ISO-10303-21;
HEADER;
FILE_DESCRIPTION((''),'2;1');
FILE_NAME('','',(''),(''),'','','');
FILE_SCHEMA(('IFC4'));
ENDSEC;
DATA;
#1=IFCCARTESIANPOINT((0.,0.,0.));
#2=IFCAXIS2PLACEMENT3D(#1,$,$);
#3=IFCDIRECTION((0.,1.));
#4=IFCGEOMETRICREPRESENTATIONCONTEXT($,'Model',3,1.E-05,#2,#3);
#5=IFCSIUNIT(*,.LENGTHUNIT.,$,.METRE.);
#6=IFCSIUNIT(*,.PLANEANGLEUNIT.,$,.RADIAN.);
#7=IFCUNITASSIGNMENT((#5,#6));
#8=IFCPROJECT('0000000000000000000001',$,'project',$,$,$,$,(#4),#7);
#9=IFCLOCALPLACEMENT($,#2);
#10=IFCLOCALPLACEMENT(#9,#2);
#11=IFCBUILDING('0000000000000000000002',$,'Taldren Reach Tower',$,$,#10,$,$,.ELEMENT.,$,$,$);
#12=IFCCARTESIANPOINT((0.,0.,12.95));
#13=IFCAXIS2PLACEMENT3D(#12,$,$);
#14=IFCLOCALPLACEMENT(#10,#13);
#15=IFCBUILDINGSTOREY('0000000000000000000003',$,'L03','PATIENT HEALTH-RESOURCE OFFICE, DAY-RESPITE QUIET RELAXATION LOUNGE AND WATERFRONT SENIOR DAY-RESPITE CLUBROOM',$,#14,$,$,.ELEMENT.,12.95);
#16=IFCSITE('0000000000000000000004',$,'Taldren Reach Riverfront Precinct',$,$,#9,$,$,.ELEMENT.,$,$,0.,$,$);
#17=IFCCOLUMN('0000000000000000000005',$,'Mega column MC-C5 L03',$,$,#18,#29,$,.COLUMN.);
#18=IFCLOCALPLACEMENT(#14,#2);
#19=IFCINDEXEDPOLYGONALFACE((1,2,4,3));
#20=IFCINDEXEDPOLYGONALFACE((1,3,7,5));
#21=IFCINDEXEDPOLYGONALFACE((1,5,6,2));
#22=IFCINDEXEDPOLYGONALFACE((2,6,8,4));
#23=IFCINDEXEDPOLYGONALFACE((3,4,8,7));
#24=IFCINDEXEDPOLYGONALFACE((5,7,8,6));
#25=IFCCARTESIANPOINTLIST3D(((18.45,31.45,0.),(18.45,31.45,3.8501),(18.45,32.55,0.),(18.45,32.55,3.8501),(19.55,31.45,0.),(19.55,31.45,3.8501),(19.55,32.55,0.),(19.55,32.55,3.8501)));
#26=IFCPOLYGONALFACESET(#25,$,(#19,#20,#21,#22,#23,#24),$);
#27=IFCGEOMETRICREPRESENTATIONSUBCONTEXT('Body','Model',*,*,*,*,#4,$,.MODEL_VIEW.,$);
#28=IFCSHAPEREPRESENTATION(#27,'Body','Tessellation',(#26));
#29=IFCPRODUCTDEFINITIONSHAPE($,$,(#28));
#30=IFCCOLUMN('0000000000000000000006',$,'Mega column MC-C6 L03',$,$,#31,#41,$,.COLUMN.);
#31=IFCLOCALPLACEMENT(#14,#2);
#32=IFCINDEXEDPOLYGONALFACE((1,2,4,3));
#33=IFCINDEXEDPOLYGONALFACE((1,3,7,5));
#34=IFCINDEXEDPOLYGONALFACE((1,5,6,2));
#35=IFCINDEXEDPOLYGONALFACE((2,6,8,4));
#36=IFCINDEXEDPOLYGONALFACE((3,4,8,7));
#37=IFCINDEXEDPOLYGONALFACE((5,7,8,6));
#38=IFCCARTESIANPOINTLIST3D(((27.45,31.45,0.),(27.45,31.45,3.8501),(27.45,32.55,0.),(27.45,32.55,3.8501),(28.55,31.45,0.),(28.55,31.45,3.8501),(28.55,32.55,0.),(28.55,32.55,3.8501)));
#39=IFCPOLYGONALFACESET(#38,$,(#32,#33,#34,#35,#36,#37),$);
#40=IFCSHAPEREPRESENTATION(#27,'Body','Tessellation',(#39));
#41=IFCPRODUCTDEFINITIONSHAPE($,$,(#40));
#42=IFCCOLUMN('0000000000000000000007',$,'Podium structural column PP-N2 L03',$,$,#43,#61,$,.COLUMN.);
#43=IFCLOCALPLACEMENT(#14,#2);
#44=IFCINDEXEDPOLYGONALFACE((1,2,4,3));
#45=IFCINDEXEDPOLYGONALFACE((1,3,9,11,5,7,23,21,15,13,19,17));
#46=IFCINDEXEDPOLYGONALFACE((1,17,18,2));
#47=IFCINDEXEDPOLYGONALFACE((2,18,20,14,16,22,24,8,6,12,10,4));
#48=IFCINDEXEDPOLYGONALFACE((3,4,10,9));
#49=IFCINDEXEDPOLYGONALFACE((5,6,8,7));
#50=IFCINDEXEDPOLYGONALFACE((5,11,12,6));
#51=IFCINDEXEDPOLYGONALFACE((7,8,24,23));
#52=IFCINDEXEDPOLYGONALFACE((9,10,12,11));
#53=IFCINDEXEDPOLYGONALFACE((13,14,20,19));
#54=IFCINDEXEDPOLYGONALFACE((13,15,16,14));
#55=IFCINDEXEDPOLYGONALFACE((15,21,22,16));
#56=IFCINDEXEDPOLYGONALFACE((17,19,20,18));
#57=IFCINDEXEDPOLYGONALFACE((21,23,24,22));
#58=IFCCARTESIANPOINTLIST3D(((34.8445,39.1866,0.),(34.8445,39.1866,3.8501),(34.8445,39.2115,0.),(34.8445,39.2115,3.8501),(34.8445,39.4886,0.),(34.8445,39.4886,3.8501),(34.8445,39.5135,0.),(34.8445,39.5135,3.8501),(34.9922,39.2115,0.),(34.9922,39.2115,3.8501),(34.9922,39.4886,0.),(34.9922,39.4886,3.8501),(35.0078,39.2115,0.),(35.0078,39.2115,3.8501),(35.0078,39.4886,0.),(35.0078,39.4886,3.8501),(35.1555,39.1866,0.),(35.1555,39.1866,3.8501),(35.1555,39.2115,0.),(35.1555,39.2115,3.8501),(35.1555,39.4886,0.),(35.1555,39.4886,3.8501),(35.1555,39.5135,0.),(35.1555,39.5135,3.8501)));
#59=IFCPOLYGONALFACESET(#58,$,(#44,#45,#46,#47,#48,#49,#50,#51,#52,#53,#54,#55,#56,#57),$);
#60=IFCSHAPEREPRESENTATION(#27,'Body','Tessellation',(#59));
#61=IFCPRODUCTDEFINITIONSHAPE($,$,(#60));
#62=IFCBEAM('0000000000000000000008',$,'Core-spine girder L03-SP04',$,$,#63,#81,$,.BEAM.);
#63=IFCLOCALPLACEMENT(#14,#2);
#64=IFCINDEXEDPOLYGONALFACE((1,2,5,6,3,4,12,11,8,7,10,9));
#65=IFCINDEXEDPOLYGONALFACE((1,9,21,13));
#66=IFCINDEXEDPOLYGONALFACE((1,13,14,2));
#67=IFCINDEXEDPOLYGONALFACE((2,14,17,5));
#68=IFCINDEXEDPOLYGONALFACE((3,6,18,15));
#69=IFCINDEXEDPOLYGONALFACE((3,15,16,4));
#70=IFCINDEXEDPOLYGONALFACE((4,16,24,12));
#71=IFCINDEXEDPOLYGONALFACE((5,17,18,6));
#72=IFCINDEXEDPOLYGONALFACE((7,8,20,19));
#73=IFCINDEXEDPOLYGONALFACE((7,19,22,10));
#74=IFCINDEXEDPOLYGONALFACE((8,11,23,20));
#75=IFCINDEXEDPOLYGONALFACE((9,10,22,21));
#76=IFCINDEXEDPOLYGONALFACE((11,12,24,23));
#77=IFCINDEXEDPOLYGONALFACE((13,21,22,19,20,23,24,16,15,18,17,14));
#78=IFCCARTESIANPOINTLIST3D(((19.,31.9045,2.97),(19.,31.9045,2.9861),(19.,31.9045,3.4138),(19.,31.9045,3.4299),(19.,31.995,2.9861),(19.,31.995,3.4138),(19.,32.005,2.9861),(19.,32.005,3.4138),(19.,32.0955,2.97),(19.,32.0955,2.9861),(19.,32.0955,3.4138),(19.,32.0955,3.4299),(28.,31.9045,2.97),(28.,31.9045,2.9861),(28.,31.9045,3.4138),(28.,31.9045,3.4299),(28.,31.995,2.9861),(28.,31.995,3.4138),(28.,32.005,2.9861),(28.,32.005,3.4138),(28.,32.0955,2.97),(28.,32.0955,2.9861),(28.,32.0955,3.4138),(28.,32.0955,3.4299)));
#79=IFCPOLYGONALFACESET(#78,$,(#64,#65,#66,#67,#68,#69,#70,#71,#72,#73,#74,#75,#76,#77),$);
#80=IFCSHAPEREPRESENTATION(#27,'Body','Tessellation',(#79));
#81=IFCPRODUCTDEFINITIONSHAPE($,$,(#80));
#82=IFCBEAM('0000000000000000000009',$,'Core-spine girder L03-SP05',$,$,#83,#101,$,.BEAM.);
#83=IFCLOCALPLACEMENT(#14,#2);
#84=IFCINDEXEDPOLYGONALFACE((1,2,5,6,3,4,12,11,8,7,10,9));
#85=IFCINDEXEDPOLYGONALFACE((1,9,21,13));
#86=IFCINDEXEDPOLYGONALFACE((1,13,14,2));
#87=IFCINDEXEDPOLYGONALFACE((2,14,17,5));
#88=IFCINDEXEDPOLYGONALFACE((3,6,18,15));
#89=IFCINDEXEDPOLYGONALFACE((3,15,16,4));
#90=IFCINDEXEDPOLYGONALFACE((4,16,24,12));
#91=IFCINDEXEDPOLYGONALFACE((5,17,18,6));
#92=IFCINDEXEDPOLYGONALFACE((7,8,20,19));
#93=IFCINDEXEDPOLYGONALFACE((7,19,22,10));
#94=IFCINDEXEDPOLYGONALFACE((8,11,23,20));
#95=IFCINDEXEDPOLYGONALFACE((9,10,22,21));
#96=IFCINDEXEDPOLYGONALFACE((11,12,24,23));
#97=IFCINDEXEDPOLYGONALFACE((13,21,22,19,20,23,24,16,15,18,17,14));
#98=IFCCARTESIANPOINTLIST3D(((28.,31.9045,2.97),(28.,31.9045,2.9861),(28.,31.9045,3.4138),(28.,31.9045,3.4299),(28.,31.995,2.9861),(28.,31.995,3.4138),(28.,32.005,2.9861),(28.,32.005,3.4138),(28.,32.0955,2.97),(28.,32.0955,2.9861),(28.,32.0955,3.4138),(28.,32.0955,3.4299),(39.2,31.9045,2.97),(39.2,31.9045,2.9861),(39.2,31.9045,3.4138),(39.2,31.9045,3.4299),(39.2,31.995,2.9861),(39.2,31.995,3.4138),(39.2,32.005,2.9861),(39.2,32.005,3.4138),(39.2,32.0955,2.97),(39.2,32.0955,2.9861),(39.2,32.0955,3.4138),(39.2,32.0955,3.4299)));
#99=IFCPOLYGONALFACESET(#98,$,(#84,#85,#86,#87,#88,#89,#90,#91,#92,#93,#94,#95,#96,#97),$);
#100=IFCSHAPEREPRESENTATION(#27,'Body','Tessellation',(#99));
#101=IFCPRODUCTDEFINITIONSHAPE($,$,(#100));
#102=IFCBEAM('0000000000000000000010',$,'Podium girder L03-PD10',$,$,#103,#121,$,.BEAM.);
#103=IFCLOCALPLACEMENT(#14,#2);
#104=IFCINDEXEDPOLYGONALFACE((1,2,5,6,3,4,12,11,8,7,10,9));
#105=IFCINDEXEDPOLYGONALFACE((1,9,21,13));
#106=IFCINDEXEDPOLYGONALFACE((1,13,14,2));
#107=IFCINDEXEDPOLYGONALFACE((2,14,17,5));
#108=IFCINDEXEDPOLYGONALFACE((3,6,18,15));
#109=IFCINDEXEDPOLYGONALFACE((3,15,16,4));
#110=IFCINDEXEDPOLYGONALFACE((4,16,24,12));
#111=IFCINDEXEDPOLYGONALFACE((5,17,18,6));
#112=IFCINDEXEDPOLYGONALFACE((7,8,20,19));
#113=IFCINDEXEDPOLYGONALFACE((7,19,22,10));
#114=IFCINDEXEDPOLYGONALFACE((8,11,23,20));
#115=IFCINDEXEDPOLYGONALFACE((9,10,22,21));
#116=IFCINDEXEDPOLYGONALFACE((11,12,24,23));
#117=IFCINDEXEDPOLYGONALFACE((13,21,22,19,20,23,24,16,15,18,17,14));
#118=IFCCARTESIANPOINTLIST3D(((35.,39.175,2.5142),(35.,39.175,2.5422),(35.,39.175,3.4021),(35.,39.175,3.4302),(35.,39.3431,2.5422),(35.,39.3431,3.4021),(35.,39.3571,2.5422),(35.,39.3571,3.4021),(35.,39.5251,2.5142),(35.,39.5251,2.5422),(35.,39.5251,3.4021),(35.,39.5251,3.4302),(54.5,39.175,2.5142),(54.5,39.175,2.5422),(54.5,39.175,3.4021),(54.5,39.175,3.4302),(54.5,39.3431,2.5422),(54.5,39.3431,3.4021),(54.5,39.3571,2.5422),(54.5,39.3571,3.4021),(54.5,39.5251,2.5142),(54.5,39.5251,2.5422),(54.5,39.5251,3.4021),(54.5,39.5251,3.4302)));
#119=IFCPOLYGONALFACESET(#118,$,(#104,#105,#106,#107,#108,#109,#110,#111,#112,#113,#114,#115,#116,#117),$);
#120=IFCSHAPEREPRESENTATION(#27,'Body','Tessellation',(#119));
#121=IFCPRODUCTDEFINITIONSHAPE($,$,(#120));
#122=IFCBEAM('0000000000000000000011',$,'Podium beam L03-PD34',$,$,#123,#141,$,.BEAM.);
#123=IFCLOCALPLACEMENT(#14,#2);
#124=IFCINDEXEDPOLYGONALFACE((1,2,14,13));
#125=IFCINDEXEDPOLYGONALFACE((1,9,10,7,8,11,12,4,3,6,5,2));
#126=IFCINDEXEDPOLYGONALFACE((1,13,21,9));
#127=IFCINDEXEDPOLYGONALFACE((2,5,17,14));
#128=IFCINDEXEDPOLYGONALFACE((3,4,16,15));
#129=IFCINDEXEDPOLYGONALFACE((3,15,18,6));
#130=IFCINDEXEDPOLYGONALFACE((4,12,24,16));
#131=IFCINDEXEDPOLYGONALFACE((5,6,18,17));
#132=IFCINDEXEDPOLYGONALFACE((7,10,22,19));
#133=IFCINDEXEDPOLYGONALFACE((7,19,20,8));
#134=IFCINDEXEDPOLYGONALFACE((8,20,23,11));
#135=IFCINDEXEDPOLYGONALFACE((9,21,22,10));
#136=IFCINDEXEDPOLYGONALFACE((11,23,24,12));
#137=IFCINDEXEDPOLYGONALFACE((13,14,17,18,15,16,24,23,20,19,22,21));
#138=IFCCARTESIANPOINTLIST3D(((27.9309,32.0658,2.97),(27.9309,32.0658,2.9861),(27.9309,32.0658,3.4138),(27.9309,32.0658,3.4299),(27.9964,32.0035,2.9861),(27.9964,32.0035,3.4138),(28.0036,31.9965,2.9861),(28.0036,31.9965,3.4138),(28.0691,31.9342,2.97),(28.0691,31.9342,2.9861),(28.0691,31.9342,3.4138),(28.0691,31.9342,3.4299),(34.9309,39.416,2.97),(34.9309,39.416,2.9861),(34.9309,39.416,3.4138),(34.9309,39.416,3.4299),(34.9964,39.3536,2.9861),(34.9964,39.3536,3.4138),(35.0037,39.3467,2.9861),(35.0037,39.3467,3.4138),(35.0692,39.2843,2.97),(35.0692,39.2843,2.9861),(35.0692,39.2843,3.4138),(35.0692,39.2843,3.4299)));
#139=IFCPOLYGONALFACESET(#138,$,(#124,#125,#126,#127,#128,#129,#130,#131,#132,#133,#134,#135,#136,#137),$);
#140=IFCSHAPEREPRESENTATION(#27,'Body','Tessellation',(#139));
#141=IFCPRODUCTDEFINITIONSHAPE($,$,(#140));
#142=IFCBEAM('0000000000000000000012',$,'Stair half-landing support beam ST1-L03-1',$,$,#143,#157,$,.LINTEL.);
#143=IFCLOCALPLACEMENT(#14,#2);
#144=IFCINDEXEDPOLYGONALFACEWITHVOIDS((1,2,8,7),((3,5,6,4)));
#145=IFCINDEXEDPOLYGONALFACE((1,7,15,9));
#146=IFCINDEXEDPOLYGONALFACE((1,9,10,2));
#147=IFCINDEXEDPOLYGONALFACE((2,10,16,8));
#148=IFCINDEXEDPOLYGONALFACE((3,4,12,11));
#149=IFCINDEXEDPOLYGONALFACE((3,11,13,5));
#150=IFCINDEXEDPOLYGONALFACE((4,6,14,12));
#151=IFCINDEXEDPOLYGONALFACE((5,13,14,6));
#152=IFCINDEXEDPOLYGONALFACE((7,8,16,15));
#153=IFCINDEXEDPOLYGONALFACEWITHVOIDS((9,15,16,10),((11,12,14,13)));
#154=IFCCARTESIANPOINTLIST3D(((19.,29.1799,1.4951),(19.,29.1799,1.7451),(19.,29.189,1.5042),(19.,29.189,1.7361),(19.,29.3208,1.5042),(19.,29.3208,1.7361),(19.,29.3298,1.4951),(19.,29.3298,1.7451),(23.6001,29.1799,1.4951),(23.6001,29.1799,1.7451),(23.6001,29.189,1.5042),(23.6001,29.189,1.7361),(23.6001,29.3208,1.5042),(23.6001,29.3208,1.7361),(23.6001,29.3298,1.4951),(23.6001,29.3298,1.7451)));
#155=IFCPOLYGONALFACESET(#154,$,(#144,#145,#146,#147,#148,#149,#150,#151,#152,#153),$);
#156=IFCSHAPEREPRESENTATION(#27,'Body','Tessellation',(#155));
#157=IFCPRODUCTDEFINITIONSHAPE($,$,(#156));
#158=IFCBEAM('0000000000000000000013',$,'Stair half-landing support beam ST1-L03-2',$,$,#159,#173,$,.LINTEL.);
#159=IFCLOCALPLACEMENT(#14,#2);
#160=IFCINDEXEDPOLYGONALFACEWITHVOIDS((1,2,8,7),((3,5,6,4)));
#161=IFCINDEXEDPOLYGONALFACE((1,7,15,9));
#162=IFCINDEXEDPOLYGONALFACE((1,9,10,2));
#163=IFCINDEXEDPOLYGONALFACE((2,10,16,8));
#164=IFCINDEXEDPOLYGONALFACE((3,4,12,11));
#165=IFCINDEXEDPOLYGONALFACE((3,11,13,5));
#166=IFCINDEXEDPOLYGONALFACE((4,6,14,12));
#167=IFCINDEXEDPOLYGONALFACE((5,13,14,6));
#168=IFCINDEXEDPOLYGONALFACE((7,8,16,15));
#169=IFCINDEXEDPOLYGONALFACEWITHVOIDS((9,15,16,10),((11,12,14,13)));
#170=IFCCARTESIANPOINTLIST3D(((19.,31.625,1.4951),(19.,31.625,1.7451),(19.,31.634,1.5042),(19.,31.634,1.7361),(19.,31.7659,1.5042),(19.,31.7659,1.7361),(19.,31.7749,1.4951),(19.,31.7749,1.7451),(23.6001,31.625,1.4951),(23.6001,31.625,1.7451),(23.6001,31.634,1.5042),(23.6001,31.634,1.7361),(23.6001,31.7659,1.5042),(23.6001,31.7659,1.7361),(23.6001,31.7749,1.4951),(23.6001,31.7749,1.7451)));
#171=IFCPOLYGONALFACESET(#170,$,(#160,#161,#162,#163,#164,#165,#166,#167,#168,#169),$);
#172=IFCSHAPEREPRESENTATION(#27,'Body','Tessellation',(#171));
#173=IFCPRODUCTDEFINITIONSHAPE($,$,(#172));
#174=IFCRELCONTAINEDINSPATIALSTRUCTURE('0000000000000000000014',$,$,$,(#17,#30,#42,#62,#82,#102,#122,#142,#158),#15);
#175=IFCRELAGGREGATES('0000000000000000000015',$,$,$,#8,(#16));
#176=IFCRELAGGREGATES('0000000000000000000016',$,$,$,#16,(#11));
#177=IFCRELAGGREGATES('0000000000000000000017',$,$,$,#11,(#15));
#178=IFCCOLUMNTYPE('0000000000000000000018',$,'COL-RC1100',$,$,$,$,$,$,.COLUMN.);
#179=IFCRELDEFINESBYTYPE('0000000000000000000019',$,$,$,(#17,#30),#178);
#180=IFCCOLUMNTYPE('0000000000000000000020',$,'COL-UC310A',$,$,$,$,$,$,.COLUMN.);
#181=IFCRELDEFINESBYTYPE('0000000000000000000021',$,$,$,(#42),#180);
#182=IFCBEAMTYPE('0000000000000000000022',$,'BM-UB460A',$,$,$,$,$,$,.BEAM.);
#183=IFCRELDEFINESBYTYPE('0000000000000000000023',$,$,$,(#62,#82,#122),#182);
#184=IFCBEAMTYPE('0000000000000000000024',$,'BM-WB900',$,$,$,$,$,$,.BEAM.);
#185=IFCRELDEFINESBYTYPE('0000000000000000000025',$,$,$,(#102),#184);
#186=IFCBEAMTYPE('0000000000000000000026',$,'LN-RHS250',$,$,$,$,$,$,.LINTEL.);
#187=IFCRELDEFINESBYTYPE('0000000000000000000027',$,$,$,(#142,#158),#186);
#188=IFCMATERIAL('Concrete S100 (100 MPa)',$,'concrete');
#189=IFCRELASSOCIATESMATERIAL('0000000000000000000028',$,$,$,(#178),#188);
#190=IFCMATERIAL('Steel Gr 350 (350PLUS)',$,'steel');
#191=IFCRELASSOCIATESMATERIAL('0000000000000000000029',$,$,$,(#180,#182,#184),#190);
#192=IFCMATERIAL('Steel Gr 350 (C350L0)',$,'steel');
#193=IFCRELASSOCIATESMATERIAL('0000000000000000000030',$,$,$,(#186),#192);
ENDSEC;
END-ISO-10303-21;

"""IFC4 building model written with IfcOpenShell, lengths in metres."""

from ifc_helpers import new_model, si_unit, direction, frame, origin, origin_2d, place, context, subcontext, project, spatial, rectangle, hollow_rectangle, i_section, extrude, source, transform, mapped, material, material_profile, profile_set, type_object, element, save


model = new_model("IFC4")

# Units and contexts
model_context = context("Model", 3, precision=1e-05, world=origin(), true_north=direction((0.0, 1.0)))
body_context = subcontext(model_context, "Body", "Model", "MODEL_VIEW")
ifc_project = project(units=[si_unit("LENGTHUNIT", "METRE"), si_unit("PLANEANGLEUNIT", "RADIAN")], contexts=[model_context])

# Site, building, storey
site_placement = place(None, origin())
site = spatial("IfcSite", under=ifc_project, at=site_placement, Name="Taldren Reach Riverfront Precinct", CompositionType="ELEMENT", RefElevation=0.0)
building_placement = place(site_placement, origin())
building = spatial("IfcBuilding", under=site, at=building_placement, Name="Taldren Reach Tower", CompositionType="ELEMENT")
storey_placement = place(building_placement, frame((0.0, 0.0, 12.95)))
storey = spatial("IfcBuildingStorey", under=building, at=storey_placement, Name="L03", Description="PATIENT HEALTH-RESOURCE OFFICE, DAY-RESPITE QUIET RELAXATION LOUNGE AND WATERFRONT SENIOR DAY-RESPITE CLUBROOM", CompositionType="ELEMENT", Elevation=12.95)

# Columns
ifc_material_1 = material(Name="Concrete S100 (100 MPa)", Category="concrete")
ifc_material_profile_1 = material_profile(ifc_material_1, rectangle(XDim=1.1001, YDim=1.1001, at=origin_2d()), Name="RC-1100x1100")
ifc_profile_set_1 = profile_set([ifc_material_profile_1], Name="Concrete S100 (100 MPa)")
column_type_1 = type_object("IfcColumnType", Name="COL-RC1100", PredefinedType="COLUMN", material=ifc_profile_set_1)
shared_shape_1 = source(origin(), body_context, "Body", "SweptSolid", [
    extrude(rectangle(XDim=1.1001, YDim=1.1001, at=origin_2d()), origin(), (0.0, 0.0, 1.0), 3.8501),
])
for number, where, z_axis, x_axis, name in (
    (1, (19.0, 32.0, 0.0), (0.0, 0.0, 1.0), (1.0, 0.0, 0.0), "Mega column MC-C5 L03"),
    (2, (28.0, 32.0, 0.0), (0.0, 0.0, 1.0), (1.0, 0.0, 0.0), "Mega column MC-C6 L03"),
):
    element("IfcColumn", number, at=place(storey_placement, frame(where, z_axis=z_axis, x_axis=x_axis)), inside=storey, type_object=column_type_1, Name=name, PredefinedType="COLUMN", context=body_context, shape_type="MappedRepresentation", body=[
        mapped(shared_shape_1, transform((0.0, 0.0, 0.0), scale=1.0)),
    ])
ifc_material_2 = material(Name="Steel Gr 350 (350PLUS)", Category="steel")
ifc_material_profile_2 = material_profile(ifc_material_2, i_section(OverallWidth=0.311, OverallDepth=0.3269, WebThickness=0.0156, FlangeThickness=0.0249, at=origin_2d()), Name="310UC158")
ifc_profile_set_2 = profile_set([ifc_material_profile_2], Name="Steel Gr 350 (350PLUS)")
column_type_2 = type_object("IfcColumnType", Name="COL-UC310A", PredefinedType="COLUMN", material=ifc_profile_set_2)
shared_shape_2 = source(origin(), body_context, "Body", "SweptSolid", [
    extrude(i_section(OverallWidth=0.311, OverallDepth=0.3269, WebThickness=0.0156, FlangeThickness=0.0249, at=origin_2d()), origin(), (0.0, 0.0, 1.0), 3.8501),
])
column_placement = place(storey_placement, frame((35.0, 39.3501, 0.0), z_axis=(0.0, 0.0, 1.0), x_axis=(1.0, 0.0, 0.0)))
element("IfcColumn", 3, at=column_placement, inside=storey, type_object=column_type_2, Name="Podium structural column PP-N2 L03", PredefinedType="COLUMN", context=body_context, shape_type="MappedRepresentation", body=[
    mapped(shared_shape_2, transform((0.0, 0.0, 0.0), scale=1.0)),
])

# Beams
ifc_material_profile_3 = material_profile(ifc_material_2, i_section(OverallWidth=0.1909, OverallDepth=0.46, WebThickness=0.01, FlangeThickness=0.0161, at=origin_2d()), Name="460UB82.1")
ifc_profile_set_3 = profile_set([ifc_material_profile_3], Name="Steel Gr 350 (350PLUS)")
beam_type_1 = type_object("IfcBeamType", Name="BM-UB460A", PredefinedType="BEAM", material=ifc_profile_set_3)
shared_shape_3 = source(origin(), body_context, "Body", "SweptSolid", [
    extrude(i_section(OverallWidth=0.1909, OverallDepth=0.46, WebThickness=0.01, FlangeThickness=0.0161, at=origin_2d()), origin(), (0.0, 0.0, 1.0), 9.0),
])
beam_1_placement = place(storey_placement, frame((19.0, 32.0, 3.2), z_axis=(1.0, 0.0, 0.0), x_axis=(0.0, 1.0, 0.0)))
element("IfcBeam", 4, at=beam_1_placement, inside=storey, type_object=beam_type_1, Name="Core-spine girder L03-SP04", PredefinedType="BEAM", context=body_context, shape_type="MappedRepresentation", body=[
    mapped(shared_shape_3, transform((0.0, 0.0, 0.0), scale=1.0)),
])
shared_shape_4 = source(origin(), body_context, "Body", "SweptSolid", [
    extrude(i_section(OverallWidth=0.1909, OverallDepth=0.46, WebThickness=0.01, FlangeThickness=0.0161, at=origin_2d()), origin(), (0.0, 0.0, 1.0), 11.2),
])
beam_2_placement = place(storey_placement, frame((28.0, 32.0, 3.2), z_axis=(1.0, 0.0, 0.0), x_axis=(0.0, 1.0, 0.0)))
element("IfcBeam", 5, at=beam_2_placement, inside=storey, type_object=beam_type_1, Name="Core-spine girder L03-SP05", PredefinedType="BEAM", context=body_context, shape_type="MappedRepresentation", body=[
    mapped(shared_shape_4, transform((0.0, 0.0, 0.0), scale=1.0)),
])
ifc_material_profile_4 = material_profile(ifc_material_2, i_section(OverallWidth=0.3501, OverallDepth=0.916, WebThickness=0.0139, FlangeThickness=0.0281, at=origin_2d()), Name="900WB257")
ifc_profile_set_4 = profile_set([ifc_material_profile_4], Name="Steel Gr 350 (350PLUS)")
beam_type_2 = type_object("IfcBeamType", Name="BM-WB900", PredefinedType="BEAM", material=ifc_profile_set_4)
shared_shape_5 = source(origin(), body_context, "Body", "SweptSolid", [
    extrude(i_section(OverallWidth=0.3501, OverallDepth=0.916, WebThickness=0.0139, FlangeThickness=0.0281, at=origin_2d()), origin(), (0.0, 0.0, 1.0), 19.5),
])
beam_3_placement = place(storey_placement, frame((35.0, 39.3501, 2.9722), z_axis=(1.0, 0.0, 0.0), x_axis=(0.0, 1.0, 0.0)))
element("IfcBeam", 6, at=beam_3_placement, inside=storey, type_object=beam_type_2, Name="Podium girder L03-PD10", PredefinedType="BEAM", context=body_context, shape_type="MappedRepresentation", body=[
    mapped(shared_shape_5, transform((0.0, 0.0, 0.0), scale=1.0)),
])
shared_shape_6 = source(origin(), body_context, "Body", "SweptSolid", [
    extrude(i_section(OverallWidth=0.1909, OverallDepth=0.46, WebThickness=0.01, FlangeThickness=0.0161, at=origin_2d()), origin(), (0.0, 0.0, 1.0), 10.1501),
])
beam_4_placement = place(storey_placement, frame((28.0, 32.0, 3.2), z_axis=(0.68965, 0.724143, 0.0), x_axis=(-0.724143, 0.68965, 0.0)))
element("IfcBeam", 7, at=beam_4_placement, inside=storey, type_object=beam_type_1, Name="Podium beam L03-PD34", PredefinedType="BEAM", context=body_context, shape_type="MappedRepresentation", body=[
    mapped(shared_shape_6, transform((0.0, 0.0, 0.0), scale=1.0)),
])
ifc_material_3 = material(Name="Steel Gr 350 (C350L0)", Category="steel")
ifc_material_profile_5 = material_profile(ifc_material_3, hollow_rectangle(XDim=0.1499, YDim=0.25, WallThickness=0.009, at=origin_2d()), Name="250x150x9.0RHS")
ifc_profile_set_5 = profile_set([ifc_material_profile_5], Name="Steel Gr 350 (C350L0)")
beam_type_3 = type_object("IfcBeamType", Name="LN-RHS250", PredefinedType="LINTEL", material=ifc_profile_set_5)
shared_shape_7 = source(origin(), body_context, "Body", "SweptSolid", [
    extrude(hollow_rectangle(XDim=0.1499, YDim=0.25, WallThickness=0.009, at=origin_2d()), origin(), (0.0, 0.0, 1.0), 4.6001),
])
for number, where, z_axis, x_axis, name in (
    (8, (19.0, 29.2549, 1.6201), (1.0, 0.0, 0.0), (0.0, 1.0, 0.0), "Stair half-landing support beam ST1-L03-1"),
    (9, (19.0, 31.7, 1.6201), (1.0, 0.0, 0.0), (0.0, 1.0, 0.0), "Stair half-landing support beam ST1-L03-2"),
):
    element("IfcBeam", number, at=place(storey_placement, frame(where, z_axis=z_axis, x_axis=x_axis)), inside=storey, type_object=beam_type_3, Name=name, PredefinedType="LINTEL", context=body_context, shape_type="MappedRepresentation", body=[
        mapped(shared_shape_7, transform((0.0, 0.0, 0.0), scale=1.0)),
    ])

save(model, "model.ifc")
